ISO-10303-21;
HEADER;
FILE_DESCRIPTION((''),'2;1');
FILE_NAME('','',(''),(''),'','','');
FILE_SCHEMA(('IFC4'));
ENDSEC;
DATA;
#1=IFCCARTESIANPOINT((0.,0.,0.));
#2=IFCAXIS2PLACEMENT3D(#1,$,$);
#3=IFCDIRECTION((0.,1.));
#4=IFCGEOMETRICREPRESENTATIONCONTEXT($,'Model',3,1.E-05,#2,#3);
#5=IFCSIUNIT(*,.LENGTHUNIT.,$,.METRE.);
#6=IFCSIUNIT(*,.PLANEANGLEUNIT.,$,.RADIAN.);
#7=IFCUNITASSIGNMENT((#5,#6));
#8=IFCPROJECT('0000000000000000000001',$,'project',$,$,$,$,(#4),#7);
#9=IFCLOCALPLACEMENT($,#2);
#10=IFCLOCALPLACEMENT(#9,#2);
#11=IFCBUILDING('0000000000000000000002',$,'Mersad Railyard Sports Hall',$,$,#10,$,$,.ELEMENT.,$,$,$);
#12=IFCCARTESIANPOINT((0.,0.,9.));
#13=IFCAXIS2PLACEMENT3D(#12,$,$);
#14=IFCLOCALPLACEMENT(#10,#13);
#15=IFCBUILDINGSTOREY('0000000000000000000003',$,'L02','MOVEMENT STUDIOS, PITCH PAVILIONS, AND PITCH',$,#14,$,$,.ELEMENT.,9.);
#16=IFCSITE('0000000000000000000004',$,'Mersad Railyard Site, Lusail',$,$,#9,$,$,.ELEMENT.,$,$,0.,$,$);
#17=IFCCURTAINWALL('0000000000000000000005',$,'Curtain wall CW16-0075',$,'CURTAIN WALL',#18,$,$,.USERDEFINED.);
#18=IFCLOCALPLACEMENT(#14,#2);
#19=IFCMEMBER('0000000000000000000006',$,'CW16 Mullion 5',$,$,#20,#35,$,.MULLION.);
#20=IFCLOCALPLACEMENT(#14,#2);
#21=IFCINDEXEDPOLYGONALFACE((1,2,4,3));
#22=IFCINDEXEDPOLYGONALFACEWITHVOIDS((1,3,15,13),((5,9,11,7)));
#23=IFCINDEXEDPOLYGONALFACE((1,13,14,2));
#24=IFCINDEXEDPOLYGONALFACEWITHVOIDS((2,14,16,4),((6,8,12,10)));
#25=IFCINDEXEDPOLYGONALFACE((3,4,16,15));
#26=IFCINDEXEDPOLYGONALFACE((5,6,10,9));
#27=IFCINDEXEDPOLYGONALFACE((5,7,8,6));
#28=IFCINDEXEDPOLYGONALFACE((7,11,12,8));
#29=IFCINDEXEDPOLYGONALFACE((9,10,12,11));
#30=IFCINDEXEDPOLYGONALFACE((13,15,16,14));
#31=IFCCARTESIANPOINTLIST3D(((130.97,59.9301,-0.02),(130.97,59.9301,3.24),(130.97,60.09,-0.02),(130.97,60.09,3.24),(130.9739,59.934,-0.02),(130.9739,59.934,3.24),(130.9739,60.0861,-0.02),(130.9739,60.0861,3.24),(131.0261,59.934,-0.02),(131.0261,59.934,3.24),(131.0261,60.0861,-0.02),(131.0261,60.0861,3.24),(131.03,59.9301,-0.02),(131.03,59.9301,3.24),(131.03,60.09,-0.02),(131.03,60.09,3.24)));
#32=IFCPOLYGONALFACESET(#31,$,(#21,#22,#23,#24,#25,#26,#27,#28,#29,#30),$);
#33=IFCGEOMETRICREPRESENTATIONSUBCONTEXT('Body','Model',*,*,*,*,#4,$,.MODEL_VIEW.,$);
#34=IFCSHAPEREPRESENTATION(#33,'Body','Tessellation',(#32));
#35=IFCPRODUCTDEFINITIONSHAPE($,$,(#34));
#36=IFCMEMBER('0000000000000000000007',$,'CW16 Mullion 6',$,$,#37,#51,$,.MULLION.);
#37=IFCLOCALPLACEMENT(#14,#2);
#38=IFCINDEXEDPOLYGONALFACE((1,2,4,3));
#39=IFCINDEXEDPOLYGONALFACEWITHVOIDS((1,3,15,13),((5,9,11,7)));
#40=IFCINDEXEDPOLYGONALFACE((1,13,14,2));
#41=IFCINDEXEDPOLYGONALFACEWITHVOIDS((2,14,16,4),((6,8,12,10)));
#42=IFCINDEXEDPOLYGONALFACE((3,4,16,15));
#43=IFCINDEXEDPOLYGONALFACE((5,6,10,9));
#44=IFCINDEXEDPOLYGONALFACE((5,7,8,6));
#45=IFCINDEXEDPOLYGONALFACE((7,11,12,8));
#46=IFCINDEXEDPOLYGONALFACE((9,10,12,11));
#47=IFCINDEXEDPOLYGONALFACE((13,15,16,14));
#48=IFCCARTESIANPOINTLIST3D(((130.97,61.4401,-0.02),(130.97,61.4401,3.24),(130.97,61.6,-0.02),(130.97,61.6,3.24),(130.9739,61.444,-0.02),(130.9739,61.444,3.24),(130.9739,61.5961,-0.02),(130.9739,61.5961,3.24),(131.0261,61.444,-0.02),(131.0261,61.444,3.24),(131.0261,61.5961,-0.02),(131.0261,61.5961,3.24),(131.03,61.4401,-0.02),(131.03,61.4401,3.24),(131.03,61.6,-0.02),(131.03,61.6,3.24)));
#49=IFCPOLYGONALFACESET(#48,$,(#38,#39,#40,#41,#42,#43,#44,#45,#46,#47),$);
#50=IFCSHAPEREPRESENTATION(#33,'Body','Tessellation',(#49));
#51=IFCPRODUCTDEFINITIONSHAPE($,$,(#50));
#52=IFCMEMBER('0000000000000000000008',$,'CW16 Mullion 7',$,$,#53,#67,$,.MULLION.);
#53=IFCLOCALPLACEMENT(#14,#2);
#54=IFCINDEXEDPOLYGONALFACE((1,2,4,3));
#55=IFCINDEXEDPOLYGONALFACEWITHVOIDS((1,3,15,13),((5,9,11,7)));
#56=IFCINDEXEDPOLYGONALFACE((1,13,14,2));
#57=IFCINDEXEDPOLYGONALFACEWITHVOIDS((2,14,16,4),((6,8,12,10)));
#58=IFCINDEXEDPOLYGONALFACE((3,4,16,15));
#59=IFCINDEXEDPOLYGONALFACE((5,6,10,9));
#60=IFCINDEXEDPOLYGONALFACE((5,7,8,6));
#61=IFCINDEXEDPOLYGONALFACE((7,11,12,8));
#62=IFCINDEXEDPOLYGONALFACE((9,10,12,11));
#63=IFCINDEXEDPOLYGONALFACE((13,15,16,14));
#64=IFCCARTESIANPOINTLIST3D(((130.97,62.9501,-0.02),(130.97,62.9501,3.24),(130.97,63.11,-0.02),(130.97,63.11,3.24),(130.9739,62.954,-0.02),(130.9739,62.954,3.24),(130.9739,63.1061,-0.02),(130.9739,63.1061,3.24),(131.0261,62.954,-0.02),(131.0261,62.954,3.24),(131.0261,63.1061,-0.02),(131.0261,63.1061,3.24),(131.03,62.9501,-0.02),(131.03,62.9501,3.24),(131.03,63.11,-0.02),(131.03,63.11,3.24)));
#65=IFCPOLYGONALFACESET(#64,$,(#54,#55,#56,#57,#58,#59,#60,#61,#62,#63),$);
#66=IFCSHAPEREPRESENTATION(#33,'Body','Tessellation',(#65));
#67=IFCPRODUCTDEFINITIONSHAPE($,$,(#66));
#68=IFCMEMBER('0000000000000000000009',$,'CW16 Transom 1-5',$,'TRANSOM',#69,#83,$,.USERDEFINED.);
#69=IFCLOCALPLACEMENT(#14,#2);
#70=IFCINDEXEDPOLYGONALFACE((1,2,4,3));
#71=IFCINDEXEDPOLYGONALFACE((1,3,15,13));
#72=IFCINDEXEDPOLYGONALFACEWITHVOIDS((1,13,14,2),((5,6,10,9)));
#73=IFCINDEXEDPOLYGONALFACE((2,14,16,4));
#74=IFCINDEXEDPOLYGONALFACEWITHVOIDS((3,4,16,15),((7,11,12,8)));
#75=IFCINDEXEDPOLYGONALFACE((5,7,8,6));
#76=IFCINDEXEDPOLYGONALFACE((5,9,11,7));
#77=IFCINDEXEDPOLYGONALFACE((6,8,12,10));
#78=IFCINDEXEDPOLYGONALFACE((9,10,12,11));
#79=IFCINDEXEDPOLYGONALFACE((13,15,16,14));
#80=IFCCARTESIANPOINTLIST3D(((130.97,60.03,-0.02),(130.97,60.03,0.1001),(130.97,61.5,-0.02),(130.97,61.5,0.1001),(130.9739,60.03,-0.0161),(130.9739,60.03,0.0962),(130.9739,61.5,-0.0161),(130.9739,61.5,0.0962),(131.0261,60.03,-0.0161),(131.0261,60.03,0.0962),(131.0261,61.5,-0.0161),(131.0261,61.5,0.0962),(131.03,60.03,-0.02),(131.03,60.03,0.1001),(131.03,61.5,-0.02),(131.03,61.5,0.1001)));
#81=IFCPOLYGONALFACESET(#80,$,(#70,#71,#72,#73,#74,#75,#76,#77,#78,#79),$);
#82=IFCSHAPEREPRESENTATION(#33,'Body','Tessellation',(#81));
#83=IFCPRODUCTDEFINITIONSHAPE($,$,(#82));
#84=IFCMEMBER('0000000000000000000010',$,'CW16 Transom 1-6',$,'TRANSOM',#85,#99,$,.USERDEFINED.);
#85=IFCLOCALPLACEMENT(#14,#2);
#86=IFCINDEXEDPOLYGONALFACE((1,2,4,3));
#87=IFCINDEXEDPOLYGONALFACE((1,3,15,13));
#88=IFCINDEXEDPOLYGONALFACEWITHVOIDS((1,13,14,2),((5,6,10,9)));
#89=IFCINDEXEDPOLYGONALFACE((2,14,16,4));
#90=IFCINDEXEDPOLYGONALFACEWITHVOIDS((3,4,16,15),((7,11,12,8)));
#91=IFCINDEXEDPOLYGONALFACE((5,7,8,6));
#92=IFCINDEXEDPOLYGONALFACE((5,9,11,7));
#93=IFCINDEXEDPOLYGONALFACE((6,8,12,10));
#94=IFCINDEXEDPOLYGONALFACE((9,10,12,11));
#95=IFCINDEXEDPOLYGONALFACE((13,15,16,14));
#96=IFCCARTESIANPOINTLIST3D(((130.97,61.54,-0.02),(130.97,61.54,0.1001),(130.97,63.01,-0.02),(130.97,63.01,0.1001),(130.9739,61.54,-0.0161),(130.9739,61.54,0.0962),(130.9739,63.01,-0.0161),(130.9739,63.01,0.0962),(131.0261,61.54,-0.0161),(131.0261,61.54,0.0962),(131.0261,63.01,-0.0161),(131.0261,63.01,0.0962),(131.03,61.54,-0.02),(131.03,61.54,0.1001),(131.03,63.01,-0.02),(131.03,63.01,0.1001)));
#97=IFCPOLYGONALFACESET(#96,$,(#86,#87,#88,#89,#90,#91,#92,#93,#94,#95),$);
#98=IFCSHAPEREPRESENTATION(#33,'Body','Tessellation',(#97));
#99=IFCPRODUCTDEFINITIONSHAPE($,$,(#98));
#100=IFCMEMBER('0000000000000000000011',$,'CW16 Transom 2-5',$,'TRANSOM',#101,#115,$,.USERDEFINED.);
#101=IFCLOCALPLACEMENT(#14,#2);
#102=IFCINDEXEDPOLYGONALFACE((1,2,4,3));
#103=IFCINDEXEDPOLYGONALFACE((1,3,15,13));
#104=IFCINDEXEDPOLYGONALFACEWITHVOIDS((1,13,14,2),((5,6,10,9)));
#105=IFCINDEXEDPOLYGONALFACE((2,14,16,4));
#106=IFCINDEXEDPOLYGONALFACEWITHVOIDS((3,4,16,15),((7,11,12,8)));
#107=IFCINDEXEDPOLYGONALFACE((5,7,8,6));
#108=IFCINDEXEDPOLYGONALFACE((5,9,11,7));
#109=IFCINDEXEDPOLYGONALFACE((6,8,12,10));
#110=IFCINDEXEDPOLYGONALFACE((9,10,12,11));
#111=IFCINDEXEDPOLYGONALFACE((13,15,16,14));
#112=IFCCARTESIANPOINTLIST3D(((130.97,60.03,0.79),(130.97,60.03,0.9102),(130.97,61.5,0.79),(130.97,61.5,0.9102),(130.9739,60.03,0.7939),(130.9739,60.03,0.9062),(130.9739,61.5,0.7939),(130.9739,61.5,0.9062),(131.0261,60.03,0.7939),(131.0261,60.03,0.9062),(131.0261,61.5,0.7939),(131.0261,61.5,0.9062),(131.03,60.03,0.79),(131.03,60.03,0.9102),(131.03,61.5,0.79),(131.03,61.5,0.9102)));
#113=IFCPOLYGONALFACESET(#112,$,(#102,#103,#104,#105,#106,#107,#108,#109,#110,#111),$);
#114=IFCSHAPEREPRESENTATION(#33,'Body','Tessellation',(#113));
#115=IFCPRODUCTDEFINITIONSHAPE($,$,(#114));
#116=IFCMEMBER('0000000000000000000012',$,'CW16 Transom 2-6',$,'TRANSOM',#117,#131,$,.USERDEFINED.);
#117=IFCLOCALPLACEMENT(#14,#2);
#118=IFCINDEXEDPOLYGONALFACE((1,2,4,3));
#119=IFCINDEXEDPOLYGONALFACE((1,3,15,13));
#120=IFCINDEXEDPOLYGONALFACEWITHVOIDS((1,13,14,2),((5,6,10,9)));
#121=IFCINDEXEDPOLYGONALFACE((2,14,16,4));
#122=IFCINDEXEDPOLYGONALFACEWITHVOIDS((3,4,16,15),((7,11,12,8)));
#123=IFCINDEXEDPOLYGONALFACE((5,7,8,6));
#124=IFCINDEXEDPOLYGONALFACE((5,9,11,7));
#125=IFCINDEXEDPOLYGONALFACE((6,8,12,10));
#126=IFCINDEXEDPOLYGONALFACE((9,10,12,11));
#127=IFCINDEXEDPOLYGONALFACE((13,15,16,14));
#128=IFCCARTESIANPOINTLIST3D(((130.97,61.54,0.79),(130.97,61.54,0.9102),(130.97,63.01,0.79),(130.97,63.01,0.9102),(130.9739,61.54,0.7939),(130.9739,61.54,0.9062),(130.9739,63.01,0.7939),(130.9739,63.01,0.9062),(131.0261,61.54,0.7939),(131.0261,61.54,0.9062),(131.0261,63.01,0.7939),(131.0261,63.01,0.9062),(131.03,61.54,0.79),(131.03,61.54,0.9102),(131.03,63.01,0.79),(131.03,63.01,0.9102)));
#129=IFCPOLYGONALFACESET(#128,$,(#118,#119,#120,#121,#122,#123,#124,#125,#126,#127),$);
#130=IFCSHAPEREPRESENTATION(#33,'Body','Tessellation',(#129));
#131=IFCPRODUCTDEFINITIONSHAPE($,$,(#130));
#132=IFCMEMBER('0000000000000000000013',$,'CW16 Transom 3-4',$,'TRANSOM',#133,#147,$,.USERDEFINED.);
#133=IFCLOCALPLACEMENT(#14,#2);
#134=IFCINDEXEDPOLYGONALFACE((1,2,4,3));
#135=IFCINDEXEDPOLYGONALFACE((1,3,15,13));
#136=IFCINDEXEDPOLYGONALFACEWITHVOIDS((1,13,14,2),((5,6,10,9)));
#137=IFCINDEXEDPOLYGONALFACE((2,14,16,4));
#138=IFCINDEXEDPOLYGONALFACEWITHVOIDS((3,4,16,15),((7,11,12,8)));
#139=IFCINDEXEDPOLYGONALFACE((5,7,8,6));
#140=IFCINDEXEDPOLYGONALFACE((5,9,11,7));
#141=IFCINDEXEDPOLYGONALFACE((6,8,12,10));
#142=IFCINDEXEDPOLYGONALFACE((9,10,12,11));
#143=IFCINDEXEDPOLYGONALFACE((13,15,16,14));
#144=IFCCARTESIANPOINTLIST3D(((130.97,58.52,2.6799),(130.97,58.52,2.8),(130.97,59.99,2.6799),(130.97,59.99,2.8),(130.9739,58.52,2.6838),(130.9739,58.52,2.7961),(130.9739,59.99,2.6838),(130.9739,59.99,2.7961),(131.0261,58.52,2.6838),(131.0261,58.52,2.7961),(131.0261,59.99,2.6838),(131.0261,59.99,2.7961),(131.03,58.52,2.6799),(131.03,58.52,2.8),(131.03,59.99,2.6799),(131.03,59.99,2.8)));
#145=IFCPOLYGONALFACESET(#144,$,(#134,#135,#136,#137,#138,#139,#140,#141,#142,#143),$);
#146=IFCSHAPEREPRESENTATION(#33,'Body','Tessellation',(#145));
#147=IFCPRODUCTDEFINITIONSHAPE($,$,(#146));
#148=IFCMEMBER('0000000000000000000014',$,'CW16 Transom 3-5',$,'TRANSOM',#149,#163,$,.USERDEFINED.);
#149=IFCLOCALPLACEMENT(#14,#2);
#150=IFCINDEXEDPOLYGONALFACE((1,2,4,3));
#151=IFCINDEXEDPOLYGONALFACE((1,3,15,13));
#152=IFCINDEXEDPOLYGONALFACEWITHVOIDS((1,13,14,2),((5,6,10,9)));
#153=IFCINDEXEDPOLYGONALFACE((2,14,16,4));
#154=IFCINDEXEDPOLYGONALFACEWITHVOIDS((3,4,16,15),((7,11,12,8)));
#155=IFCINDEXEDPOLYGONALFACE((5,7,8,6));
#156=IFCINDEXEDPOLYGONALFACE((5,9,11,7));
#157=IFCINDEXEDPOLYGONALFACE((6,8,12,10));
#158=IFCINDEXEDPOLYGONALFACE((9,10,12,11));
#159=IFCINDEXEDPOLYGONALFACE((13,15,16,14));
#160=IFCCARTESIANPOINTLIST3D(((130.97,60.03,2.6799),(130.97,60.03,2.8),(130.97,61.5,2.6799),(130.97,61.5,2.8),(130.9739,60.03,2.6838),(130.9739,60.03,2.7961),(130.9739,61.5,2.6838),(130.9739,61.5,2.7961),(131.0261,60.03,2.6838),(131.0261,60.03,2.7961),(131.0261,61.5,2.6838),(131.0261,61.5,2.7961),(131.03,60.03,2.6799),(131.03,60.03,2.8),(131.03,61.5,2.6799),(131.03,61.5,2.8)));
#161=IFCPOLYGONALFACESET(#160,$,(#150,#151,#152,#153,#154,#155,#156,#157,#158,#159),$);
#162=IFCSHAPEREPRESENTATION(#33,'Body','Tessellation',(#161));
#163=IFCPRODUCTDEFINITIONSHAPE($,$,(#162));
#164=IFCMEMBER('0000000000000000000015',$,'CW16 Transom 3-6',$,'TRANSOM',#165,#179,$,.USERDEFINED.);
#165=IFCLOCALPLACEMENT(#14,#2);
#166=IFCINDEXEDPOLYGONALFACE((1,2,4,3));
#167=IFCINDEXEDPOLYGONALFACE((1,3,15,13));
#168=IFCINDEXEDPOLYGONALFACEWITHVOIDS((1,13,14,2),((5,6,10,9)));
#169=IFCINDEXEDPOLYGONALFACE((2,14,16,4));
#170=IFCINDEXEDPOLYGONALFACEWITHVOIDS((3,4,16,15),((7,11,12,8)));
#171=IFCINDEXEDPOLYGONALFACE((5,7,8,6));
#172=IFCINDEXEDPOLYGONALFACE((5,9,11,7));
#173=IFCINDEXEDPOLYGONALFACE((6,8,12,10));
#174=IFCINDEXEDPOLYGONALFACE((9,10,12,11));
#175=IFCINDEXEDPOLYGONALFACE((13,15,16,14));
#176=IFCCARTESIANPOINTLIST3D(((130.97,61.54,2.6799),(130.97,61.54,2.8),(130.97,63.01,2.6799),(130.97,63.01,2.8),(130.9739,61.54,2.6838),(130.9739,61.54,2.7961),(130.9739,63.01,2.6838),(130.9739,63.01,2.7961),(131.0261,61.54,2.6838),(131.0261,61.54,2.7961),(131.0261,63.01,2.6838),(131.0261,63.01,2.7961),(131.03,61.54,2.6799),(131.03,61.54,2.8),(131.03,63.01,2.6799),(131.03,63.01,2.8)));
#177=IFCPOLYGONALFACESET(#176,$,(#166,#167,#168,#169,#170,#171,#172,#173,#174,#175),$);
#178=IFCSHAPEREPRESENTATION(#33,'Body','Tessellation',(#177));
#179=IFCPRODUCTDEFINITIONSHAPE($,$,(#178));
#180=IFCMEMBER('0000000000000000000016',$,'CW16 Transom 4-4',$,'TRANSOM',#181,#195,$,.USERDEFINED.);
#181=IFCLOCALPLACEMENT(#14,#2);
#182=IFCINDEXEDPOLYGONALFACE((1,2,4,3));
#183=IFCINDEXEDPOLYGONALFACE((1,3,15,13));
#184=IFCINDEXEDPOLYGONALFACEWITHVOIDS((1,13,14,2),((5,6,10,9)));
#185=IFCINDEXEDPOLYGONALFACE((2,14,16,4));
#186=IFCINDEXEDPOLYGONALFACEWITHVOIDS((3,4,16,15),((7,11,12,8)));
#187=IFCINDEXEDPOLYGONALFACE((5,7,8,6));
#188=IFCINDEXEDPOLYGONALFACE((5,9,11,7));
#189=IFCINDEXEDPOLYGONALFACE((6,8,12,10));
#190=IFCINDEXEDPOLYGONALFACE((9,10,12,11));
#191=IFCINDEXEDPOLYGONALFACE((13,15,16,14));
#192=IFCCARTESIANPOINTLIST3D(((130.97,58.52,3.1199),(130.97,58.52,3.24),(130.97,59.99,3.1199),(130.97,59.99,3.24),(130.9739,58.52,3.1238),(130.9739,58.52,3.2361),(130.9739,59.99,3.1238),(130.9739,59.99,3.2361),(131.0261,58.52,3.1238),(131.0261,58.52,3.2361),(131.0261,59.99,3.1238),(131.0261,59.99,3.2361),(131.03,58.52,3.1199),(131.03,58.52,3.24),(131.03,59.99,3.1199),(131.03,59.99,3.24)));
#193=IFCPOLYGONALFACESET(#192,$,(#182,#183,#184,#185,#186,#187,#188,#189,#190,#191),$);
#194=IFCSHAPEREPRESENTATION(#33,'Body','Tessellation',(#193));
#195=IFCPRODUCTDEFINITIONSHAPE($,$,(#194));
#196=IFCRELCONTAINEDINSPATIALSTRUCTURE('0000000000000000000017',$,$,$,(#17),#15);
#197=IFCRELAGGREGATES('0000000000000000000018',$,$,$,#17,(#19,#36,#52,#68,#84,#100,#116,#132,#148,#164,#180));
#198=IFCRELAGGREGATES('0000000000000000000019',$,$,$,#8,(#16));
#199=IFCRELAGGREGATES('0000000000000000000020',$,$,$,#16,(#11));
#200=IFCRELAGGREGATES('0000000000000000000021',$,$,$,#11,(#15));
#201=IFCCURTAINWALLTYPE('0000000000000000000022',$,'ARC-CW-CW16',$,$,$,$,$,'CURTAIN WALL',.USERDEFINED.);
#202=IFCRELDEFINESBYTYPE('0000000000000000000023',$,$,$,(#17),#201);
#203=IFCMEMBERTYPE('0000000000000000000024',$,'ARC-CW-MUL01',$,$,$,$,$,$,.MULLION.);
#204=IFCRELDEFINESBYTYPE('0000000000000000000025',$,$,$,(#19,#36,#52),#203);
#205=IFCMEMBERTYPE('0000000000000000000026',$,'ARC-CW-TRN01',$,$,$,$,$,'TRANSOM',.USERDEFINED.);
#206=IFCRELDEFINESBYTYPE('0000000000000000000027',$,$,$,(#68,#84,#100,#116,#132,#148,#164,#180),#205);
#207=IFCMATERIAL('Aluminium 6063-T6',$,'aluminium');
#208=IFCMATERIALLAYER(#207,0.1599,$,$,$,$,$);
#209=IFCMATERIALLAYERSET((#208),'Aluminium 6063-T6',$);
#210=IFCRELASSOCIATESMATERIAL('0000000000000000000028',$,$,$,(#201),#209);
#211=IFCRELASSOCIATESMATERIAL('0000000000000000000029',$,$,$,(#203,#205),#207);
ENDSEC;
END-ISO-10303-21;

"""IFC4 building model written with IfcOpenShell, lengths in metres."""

from ifc_helpers import new_model, si_unit, direction, frame, origin, origin_2d, place, context, subcontext, project, spatial, hollow_rectangle, extrude, material, layer, layer_set, material_profile, profile_set, type_object, element, aggregate, save


model = new_model("IFC4")

# Units and contexts
model_context = context("Model", 3, precision=1e-05, world=origin(), true_north=direction((0.0, 1.0)))
body_context = subcontext(model_context, "Body", "Model", "MODEL_VIEW")
ifc_project = project(units=[si_unit("LENGTHUNIT", "METRE"), si_unit("PLANEANGLEUNIT", "RADIAN")], contexts=[model_context])

# Site, building, storey
site_placement = place(None, origin())
site = spatial("IfcSite", under=ifc_project, at=site_placement, Name="Mersad Railyard Site, Lusail", CompositionType="ELEMENT", RefElevation=0.0)
building_placement = place(site_placement, origin())
building = spatial("IfcBuilding", under=site, at=building_placement, Name="Mersad Railyard Sports Hall", CompositionType="ELEMENT")
storey_placement = place(building_placement, frame((0.0, 0.0, 9.0)))
storey = spatial("IfcBuildingStorey", under=building, at=storey_placement, Name="L02", Description="MOVEMENT STUDIOS, PITCH PAVILIONS, AND PITCH", CompositionType="ELEMENT", Elevation=9.0)

# Curtain wall, members
ifc_material_1 = material(Name="Aluminium 6063-T6", Category="aluminium")
ifc_layer_1 = layer(ifc_material_1, 0.1599)
ifc_layer_set_1 = layer_set([ifc_layer_1], Name="Aluminium 6063-T6")
curtain_wall_type = type_object("IfcCurtainWallType", Name="ARC-CW-CW16", ElementType="CURTAIN WALL", PredefinedType="USERDEFINED", material=ifc_layer_set_1)
curtain_wall_placement = place(storey_placement, origin())
curtain_wall = element("IfcCurtainWall", 1, at=curtain_wall_placement, inside=storey, type_object=curtain_wall_type, Name="Curtain wall CW16-0075", ObjectType="CURTAIN WALL", PredefinedType="USERDEFINED")
ifc_material_profile_1 = material_profile(ifc_material_1, hollow_rectangle(XDim=0.0601, YDim=0.1599, WallThickness=0.0039, at=origin_2d()), Name="AL MULLION 60x160x4")
ifc_profile_set_1 = profile_set([ifc_material_profile_1], Name="Aluminium 6063-T6")
member_type_1 = type_object("IfcMemberType", Name="ARC-CW-MUL01", PredefinedType="MULLION", material=ifc_profile_set_1)
member_1_placement = place(storey_placement, frame((131.0, 60.01, -0.02), z_axis=(0.0, 0.0, 1.0), x_axis=(1.0, 0.0, 0.0)))
member_1 = element("IfcMember", 2, at=member_1_placement, type_object=member_type_1, Name="CW16 Mullion 5", PredefinedType="MULLION", context=body_context, shape_type="SweptSolid", body=[
    extrude(hollow_rectangle(XDim=0.0601, YDim=0.1599, WallThickness=0.0039, at=origin_2d()), origin(), (0.0, 0.0, 1.0), 3.26),
])
member_2_placement = place(storey_placement, frame((131.0, 61.52, -0.02), z_axis=(0.0, 0.0, 1.0), x_axis=(1.0, 0.0, 0.0)))
member_2 = element("IfcMember", 3, at=member_2_placement, type_object=member_type_1, Name="CW16 Mullion 6", PredefinedType="MULLION", context=body_context, shape_type="SweptSolid", body=[
    extrude(hollow_rectangle(XDim=0.0601, YDim=0.1599, WallThickness=0.0039, at=origin_2d()), origin(), (0.0, 0.0, 1.0), 3.26),
])
member_3_placement = place(storey_placement, frame((131.0, 63.03, -0.02), z_axis=(0.0, 0.0, 1.0), x_axis=(1.0, 0.0, 0.0)))
member_3 = element("IfcMember", 4, at=member_3_placement, type_object=member_type_1, Name="CW16 Mullion 7", PredefinedType="MULLION", context=body_context, shape_type="SweptSolid", body=[
    extrude(hollow_rectangle(XDim=0.0601, YDim=0.1599, WallThickness=0.0039, at=origin_2d()), origin(), (0.0, 0.0, 1.0), 3.26),
])
ifc_material_profile_2 = material_profile(ifc_material_1, hollow_rectangle(XDim=0.0601, YDim=0.1201, WallThickness=0.0039, at=origin_2d()), Name="AL TRANSOM 60x120x4")
ifc_profile_set_2 = profile_set([ifc_material_profile_2], Name="Aluminium 6063-T6")
member_type_2 = type_object("IfcMemberType", Name="ARC-CW-TRN01", ElementType="TRANSOM", PredefinedType="USERDEFINED", material=ifc_profile_set_2)
member_4_placement = place(storey_placement, frame((131.0, 60.03, 0.04), z_axis=(0.0, 1.0, 0.0), x_axis=(-1.0, 0.0, 0.0)))
member_4 = element("IfcMember", 5, at=member_4_placement, type_object=member_type_2, Name="CW16 Transom 1-5", ObjectType="TRANSOM", PredefinedType="USERDEFINED", context=body_context, shape_type="SweptSolid", body=[
    extrude(hollow_rectangle(XDim=0.0601, YDim=0.1201, WallThickness=0.0039, at=origin_2d()), origin(), (0.0, 0.0, 1.0), 1.47),
])
member_5_placement = place(storey_placement, frame((131.0, 61.54, 0.04), z_axis=(0.0, 1.0, 0.0), x_axis=(-1.0, 0.0, 0.0)))
member_5 = element("IfcMember", 6, at=member_5_placement, type_object=member_type_2, Name="CW16 Transom 1-6", ObjectType="TRANSOM", PredefinedType="USERDEFINED", context=body_context, shape_type="SweptSolid", body=[
    extrude(hollow_rectangle(XDim=0.0601, YDim=0.1201, WallThickness=0.0039, at=origin_2d()), origin(), (0.0, 0.0, 1.0), 1.47),
])
member_6_placement = place(storey_placement, frame((131.0, 60.03, 0.8501), z_axis=(0.0, 1.0, 0.0), x_axis=(-1.0, 0.0, 0.0)))
member_6 = element("IfcMember", 7, at=member_6_placement, type_object=member_type_2, Name="CW16 Transom 2-5", ObjectType="TRANSOM", PredefinedType="USERDEFINED", context=body_context, shape_type="SweptSolid", body=[
    extrude(hollow_rectangle(XDim=0.0601, YDim=0.1201, WallThickness=0.0039, at=origin_2d()), origin(), (0.0, 0.0, 1.0), 1.47),
])
member_7_placement = place(storey_placement, frame((131.0, 61.54, 0.8501), z_axis=(0.0, 1.0, 0.0), x_axis=(-1.0, 0.0, 0.0)))
member_7 = element("IfcMember", 8, at=member_7_placement, type_object=member_type_2, Name="CW16 Transom 2-6", ObjectType="TRANSOM", PredefinedType="USERDEFINED", context=body_context, shape_type="SweptSolid", body=[
    extrude(hollow_rectangle(XDim=0.0601, YDim=0.1201, WallThickness=0.0039, at=origin_2d()), origin(), (0.0, 0.0, 1.0), 1.47),
])
member_8_placement = place(storey_placement, frame((131.0, 58.52, 2.74), z_axis=(0.0, 1.0, 0.0), x_axis=(-1.0, 0.0, 0.0)))
member_8 = element("IfcMember", 9, at=member_8_placement, type_object=member_type_2, Name="CW16 Transom 3-4", ObjectType="TRANSOM", PredefinedType="USERDEFINED", context=body_context, shape_type="SweptSolid", body=[
    extrude(hollow_rectangle(XDim=0.0601, YDim=0.1201, WallThickness=0.0039, at=origin_2d()), origin(), (0.0, 0.0, 1.0), 1.47),
])
member_9_placement = place(storey_placement, frame((131.0, 60.03, 2.74), z_axis=(0.0, 1.0, 0.0), x_axis=(-1.0, 0.0, 0.0)))
member_9 = element("IfcMember", 10, at=member_9_placement, type_object=member_type_2, Name="CW16 Transom 3-5", ObjectType="TRANSOM", PredefinedType="USERDEFINED", context=body_context, shape_type="SweptSolid", body=[
    extrude(hollow_rectangle(XDim=0.0601, YDim=0.1201, WallThickness=0.0039, at=origin_2d()), origin(), (0.0, 0.0, 1.0), 1.47),
])
member_10_placement = place(storey_placement, frame((131.0, 61.54, 2.74), z_axis=(0.0, 1.0, 0.0), x_axis=(-1.0, 0.0, 0.0)))
member_10 = element("IfcMember", 11, at=member_10_placement, type_object=member_type_2, Name="CW16 Transom 3-6", ObjectType="TRANSOM", PredefinedType="USERDEFINED", context=body_context, shape_type="SweptSolid", body=[
    extrude(hollow_rectangle(XDim=0.0601, YDim=0.1201, WallThickness=0.0039, at=origin_2d()), origin(), (0.0, 0.0, 1.0), 1.47),
])
member_11_placement = place(storey_placement, frame((131.0, 58.52, 3.1799), z_axis=(0.0, 1.0, 0.0), x_axis=(-1.0, 0.0, 0.0)))
member_11 = element("IfcMember", 12, at=member_11_placement, type_object=member_type_2, Name="CW16 Transom 4-4", ObjectType="TRANSOM", PredefinedType="USERDEFINED", context=body_context, shape_type="SweptSolid", body=[
    extrude(hollow_rectangle(XDim=0.0601, YDim=0.1201, WallThickness=0.0039, at=origin_2d()), origin(), (0.0, 0.0, 1.0), 1.47),
])
aggregate(curtain_wall, [member_1, member_2, member_3, member_4, member_5, member_6, member_7, member_8, member_9, member_10, member_11])

save(model, "model.ifc")
